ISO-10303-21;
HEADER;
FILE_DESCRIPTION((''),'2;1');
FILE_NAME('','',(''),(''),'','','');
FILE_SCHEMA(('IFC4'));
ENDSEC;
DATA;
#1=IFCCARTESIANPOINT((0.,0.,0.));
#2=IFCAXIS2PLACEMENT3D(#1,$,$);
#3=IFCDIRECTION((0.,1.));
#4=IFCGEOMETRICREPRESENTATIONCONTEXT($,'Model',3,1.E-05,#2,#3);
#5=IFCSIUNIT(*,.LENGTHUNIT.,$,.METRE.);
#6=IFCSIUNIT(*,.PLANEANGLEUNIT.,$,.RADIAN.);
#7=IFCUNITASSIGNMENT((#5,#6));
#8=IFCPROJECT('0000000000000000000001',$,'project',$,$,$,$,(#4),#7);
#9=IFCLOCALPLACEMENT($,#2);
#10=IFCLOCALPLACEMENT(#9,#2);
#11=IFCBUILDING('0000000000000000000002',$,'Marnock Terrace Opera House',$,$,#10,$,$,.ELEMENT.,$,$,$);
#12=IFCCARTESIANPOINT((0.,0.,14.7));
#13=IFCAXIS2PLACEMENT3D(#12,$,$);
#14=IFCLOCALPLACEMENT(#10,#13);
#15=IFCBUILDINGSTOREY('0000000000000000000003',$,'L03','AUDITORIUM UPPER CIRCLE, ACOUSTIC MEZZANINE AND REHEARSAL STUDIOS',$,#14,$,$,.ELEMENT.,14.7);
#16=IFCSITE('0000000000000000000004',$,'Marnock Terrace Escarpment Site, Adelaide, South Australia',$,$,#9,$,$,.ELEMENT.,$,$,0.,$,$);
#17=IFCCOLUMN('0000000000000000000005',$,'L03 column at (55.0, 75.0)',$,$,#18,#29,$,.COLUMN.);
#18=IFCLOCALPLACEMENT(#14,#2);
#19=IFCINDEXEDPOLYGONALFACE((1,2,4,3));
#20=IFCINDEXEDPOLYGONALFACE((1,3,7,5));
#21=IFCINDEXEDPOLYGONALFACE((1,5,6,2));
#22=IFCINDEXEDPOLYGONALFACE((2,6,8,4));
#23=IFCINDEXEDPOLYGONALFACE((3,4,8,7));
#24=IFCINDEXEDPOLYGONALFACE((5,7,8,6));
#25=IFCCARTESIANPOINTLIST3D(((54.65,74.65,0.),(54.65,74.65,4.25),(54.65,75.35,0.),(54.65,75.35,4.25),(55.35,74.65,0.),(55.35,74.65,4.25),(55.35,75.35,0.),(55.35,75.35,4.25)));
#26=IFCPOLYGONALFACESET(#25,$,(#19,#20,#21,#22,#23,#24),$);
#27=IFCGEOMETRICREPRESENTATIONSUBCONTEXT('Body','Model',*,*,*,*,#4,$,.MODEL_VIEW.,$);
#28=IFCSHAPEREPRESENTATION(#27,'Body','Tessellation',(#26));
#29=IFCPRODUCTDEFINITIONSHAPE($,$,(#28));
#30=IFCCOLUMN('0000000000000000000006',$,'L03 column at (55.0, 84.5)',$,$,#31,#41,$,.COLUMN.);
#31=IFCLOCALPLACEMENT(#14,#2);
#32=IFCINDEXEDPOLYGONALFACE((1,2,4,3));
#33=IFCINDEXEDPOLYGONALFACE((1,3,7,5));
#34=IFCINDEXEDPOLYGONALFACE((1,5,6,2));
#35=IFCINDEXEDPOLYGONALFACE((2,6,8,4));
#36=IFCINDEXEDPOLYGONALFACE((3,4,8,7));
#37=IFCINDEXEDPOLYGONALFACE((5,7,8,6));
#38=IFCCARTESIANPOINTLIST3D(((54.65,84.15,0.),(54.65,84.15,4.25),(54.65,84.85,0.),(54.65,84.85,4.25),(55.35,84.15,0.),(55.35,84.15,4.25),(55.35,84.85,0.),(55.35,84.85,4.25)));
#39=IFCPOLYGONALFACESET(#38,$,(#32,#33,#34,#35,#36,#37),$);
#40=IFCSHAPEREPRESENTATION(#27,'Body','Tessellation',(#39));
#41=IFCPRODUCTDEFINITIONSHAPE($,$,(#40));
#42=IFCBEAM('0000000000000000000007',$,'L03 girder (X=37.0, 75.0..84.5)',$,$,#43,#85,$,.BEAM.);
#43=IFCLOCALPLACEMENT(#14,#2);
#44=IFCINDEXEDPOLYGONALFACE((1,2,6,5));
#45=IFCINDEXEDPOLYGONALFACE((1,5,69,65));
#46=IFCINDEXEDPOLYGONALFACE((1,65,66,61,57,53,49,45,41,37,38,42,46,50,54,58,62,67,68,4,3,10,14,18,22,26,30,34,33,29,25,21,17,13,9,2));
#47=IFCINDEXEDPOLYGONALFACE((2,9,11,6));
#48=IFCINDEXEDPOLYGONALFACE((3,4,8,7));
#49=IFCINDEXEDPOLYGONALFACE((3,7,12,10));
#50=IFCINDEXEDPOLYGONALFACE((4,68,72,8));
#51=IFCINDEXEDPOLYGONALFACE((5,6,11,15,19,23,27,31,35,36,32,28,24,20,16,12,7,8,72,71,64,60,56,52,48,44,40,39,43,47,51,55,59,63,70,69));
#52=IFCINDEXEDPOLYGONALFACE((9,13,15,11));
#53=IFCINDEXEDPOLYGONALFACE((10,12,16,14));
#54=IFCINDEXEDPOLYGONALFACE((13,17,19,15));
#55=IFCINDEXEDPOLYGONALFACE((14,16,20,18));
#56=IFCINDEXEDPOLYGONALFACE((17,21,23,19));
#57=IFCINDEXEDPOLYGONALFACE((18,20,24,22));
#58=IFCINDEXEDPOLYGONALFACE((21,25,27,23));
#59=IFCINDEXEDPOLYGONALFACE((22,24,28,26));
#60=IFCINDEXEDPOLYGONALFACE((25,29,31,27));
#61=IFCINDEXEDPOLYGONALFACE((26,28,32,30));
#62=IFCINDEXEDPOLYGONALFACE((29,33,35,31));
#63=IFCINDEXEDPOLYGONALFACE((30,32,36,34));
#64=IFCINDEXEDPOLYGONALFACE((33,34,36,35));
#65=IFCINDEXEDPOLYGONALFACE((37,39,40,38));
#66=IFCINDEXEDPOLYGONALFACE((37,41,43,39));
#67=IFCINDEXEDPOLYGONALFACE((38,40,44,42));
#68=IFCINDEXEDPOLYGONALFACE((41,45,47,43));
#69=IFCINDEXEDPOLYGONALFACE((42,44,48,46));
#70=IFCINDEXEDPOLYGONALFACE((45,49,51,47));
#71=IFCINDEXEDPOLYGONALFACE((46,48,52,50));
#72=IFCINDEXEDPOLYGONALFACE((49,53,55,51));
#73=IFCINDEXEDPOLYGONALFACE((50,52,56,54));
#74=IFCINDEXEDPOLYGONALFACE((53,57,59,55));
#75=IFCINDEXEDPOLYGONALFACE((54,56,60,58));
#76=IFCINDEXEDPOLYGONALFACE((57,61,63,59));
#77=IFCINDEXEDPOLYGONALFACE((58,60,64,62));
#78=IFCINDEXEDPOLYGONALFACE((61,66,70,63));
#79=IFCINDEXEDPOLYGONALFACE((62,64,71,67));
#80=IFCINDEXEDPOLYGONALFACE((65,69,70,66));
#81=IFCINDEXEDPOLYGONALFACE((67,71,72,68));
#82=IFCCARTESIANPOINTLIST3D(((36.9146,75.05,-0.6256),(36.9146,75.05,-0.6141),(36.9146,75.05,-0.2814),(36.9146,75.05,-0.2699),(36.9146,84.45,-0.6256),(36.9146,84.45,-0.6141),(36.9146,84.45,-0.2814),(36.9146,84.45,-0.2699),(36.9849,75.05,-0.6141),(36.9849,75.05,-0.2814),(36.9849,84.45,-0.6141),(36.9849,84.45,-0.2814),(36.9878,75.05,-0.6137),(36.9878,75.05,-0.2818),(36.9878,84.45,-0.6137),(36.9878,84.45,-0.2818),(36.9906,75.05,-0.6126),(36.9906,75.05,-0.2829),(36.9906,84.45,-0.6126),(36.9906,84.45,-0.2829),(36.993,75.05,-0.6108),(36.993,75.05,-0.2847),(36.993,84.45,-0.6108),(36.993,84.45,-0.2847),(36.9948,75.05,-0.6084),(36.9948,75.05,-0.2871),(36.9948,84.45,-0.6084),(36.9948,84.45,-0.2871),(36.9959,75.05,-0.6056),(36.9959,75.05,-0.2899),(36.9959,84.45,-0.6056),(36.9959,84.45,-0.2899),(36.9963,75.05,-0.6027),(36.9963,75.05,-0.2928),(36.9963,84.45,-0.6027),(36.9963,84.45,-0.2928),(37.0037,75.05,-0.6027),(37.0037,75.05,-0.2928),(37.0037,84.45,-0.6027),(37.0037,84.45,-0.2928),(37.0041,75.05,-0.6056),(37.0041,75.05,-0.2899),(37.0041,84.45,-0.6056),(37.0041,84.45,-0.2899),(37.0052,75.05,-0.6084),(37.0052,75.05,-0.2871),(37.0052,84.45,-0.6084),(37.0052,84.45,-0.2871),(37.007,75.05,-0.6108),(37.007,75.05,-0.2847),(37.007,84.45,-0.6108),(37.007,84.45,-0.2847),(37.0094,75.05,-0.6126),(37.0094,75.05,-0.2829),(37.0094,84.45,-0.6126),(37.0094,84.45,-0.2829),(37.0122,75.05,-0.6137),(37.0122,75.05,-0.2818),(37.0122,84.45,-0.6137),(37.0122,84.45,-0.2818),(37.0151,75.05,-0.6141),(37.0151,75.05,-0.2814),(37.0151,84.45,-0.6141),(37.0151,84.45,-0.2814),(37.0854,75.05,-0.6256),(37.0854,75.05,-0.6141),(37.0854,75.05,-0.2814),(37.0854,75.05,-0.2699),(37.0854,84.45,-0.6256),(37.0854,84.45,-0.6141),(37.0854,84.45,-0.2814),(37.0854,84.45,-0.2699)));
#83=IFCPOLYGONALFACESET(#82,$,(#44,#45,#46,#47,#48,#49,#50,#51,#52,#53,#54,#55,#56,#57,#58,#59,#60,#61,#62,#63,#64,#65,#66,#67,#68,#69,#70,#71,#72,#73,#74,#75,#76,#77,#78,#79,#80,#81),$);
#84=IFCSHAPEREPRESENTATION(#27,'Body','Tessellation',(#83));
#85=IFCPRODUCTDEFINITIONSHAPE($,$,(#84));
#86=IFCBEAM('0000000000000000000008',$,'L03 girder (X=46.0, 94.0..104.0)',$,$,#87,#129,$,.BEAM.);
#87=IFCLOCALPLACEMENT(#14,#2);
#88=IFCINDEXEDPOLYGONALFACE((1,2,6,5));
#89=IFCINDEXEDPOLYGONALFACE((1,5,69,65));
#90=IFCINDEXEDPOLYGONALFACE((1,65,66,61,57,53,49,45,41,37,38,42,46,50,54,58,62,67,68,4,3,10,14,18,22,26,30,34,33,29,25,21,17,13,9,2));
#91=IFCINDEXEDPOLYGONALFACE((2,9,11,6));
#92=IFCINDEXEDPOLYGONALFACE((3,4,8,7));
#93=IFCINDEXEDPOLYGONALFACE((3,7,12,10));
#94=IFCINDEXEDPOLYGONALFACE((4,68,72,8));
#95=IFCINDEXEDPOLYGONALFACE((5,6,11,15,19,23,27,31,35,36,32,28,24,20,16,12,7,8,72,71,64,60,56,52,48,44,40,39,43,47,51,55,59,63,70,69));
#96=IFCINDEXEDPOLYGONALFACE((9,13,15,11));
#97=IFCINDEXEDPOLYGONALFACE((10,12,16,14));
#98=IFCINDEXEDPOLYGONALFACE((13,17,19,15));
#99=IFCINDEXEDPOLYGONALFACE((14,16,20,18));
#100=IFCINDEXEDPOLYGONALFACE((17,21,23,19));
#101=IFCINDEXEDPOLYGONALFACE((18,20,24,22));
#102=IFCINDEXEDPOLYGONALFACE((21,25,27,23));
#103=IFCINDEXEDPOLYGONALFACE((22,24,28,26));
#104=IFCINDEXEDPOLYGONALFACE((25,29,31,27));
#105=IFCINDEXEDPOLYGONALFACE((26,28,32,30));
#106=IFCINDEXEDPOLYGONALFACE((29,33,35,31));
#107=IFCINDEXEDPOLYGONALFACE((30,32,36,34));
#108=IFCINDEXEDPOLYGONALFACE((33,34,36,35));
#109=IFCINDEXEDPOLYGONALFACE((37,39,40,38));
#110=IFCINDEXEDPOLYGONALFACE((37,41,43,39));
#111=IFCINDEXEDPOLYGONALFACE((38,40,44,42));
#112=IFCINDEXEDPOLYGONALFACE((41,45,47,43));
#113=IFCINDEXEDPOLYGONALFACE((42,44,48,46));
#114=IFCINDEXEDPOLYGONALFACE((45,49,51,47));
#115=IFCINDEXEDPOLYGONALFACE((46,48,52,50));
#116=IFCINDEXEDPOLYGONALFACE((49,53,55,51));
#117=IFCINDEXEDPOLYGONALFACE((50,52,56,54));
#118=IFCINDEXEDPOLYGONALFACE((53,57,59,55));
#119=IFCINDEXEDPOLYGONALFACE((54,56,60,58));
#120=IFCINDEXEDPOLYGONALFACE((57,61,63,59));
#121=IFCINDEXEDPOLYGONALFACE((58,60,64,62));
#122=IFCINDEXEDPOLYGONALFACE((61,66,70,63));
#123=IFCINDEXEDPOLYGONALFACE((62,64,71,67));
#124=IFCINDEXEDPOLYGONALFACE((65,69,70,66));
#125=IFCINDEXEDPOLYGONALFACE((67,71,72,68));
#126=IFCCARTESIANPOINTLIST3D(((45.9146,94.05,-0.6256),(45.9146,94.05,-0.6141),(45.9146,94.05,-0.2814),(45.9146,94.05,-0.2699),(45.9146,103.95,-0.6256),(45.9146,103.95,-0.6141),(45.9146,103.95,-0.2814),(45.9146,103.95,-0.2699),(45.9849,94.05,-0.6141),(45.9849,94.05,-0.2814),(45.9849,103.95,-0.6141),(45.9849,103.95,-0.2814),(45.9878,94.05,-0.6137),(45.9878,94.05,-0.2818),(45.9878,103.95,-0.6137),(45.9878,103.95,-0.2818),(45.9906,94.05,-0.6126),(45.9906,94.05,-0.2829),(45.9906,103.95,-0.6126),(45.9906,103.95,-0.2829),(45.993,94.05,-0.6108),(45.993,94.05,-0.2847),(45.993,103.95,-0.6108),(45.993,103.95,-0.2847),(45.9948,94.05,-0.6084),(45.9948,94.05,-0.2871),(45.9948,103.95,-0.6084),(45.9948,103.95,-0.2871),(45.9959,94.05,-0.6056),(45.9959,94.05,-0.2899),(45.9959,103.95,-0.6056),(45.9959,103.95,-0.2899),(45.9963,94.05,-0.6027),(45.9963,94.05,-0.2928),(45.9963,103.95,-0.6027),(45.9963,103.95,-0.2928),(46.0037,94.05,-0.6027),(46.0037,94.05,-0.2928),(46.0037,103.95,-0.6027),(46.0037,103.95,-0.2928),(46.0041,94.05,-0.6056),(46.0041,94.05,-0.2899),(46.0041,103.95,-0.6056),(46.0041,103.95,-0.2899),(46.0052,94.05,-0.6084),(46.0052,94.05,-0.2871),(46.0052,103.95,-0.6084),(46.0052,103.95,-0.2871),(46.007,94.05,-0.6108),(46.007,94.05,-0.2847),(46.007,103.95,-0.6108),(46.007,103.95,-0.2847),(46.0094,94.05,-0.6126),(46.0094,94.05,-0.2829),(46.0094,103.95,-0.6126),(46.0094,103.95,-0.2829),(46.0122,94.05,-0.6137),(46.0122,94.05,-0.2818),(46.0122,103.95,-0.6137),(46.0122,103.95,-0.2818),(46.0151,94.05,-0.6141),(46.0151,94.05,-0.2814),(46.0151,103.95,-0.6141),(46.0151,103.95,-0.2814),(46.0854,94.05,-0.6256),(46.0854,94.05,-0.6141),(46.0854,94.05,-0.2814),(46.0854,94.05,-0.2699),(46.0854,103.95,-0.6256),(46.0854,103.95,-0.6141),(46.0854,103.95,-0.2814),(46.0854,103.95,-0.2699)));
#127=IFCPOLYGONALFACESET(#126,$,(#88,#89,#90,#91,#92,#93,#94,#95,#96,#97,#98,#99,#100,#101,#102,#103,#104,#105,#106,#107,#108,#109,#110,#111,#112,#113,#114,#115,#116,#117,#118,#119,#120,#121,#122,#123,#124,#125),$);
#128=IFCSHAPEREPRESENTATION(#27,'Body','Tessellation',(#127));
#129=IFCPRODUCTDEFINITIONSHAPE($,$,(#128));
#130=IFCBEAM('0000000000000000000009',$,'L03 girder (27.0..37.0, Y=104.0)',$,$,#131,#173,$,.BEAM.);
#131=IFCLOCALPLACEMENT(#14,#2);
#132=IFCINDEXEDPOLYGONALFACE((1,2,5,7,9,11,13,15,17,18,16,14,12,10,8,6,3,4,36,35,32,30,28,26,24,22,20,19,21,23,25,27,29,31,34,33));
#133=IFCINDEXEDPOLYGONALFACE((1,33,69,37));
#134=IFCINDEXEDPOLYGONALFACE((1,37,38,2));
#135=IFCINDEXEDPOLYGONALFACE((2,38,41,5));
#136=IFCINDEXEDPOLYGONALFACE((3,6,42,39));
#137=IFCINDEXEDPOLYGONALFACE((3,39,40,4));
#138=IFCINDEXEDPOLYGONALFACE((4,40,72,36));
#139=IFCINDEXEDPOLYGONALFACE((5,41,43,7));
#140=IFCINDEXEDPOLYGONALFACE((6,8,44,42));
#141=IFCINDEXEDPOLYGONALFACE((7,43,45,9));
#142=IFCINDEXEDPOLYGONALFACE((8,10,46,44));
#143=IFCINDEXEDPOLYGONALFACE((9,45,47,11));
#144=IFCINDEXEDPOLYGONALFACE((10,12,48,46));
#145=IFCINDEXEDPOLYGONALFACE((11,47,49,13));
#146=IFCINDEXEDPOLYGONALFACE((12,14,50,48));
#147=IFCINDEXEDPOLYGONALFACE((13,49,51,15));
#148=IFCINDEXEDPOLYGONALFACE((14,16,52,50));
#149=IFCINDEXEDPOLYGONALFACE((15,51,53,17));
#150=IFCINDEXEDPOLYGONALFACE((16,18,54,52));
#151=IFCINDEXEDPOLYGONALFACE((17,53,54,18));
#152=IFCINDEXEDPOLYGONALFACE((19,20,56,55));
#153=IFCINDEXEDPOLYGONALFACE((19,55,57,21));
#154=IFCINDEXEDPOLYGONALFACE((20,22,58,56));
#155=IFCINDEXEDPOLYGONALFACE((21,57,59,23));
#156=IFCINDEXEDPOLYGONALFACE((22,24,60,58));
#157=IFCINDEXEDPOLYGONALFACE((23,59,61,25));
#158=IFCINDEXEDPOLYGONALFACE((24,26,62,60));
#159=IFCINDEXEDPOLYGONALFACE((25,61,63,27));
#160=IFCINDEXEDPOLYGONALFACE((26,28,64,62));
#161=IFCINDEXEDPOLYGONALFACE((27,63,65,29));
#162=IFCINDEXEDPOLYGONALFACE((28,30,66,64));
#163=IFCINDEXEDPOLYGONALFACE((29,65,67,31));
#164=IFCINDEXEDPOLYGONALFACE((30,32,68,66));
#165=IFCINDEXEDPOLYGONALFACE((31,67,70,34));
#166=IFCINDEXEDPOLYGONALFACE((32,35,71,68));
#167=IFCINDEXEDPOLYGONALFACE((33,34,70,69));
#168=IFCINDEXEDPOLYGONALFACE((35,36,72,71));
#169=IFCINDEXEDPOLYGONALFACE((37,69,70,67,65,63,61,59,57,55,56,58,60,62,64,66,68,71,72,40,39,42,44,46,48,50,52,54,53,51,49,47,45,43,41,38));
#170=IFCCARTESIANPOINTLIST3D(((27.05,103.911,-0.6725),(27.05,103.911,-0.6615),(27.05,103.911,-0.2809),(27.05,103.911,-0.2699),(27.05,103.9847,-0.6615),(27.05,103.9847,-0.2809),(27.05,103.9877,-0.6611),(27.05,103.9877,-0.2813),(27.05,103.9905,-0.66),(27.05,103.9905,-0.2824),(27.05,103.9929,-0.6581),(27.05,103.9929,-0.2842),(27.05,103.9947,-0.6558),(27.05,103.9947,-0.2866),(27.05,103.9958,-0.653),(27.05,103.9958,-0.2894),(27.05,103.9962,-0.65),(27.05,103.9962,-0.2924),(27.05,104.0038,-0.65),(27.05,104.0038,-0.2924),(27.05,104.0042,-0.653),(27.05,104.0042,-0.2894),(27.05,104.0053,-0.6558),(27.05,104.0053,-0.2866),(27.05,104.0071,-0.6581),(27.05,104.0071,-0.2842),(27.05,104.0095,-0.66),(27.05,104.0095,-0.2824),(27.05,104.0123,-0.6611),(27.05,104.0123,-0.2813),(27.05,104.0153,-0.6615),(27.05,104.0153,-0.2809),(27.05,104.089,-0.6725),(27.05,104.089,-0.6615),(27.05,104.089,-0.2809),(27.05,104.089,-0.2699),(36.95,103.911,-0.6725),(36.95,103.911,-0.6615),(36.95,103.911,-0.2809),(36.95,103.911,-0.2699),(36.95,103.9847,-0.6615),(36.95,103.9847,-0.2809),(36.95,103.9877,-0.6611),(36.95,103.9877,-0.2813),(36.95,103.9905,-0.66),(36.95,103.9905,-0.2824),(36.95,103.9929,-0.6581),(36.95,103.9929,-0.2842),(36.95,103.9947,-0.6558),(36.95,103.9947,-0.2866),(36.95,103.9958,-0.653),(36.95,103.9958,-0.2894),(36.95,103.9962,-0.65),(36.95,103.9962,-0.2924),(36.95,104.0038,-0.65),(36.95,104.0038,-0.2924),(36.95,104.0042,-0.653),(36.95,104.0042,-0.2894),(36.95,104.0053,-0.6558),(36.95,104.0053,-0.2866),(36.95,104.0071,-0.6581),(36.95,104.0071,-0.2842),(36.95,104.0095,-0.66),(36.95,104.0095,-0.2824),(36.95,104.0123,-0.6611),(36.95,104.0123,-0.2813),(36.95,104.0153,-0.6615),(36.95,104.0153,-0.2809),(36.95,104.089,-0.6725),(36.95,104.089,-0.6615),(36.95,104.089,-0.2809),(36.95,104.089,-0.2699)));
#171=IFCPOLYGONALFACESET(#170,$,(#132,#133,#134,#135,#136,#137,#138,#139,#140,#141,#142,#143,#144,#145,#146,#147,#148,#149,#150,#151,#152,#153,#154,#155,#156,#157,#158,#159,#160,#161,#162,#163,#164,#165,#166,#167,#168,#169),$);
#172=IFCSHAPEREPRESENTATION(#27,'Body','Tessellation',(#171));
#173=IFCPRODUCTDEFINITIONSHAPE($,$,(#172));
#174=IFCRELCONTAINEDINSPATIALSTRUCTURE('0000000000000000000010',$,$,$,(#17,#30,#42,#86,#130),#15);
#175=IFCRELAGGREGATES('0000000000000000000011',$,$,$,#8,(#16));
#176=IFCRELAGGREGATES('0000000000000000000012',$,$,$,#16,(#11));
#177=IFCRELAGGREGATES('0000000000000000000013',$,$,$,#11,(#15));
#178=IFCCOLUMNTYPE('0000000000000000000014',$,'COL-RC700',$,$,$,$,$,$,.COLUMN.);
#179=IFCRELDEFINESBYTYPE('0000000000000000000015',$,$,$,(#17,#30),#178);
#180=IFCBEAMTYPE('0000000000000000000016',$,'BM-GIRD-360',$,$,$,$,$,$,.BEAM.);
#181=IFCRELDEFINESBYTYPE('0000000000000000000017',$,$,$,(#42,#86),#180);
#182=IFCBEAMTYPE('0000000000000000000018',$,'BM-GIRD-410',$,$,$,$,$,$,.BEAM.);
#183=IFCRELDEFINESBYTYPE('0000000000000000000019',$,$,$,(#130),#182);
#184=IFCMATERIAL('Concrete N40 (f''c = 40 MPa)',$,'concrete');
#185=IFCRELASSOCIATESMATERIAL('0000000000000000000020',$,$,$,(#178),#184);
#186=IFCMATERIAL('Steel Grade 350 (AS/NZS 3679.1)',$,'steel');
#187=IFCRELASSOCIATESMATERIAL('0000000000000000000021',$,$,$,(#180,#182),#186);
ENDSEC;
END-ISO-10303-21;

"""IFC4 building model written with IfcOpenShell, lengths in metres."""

from ifc_helpers import new_model, si_unit, direction, frame, origin, origin_2d, place, context, subcontext, project, spatial, rectangle, i_section, extrude, material, material_profile, profile_set, type_object, element, save


model = new_model("IFC4")

# Units and contexts
model_context = context("Model", 3, precision=1e-05, world=origin(), true_north=direction((0.0, 1.0)))
body_context = subcontext(model_context, "Body", "Model", "MODEL_VIEW")
ifc_project = project(units=[si_unit("LENGTHUNIT", "METRE"), si_unit("PLANEANGLEUNIT", "RADIAN")], contexts=[model_context])

# Site, building, storey
site_placement = place(None, origin())
site = spatial("IfcSite", under=ifc_project, at=site_placement, Name="Marnock Terrace Escarpment Site, Adelaide, South Australia", CompositionType="ELEMENT", RefElevation=0.0)
building_placement = place(site_placement, origin())
building = spatial("IfcBuilding", under=site, at=building_placement, Name="Marnock Terrace Opera House", CompositionType="ELEMENT")
storey_placement = place(building_placement, frame((0.0, 0.0, 14.7)))
storey = spatial("IfcBuildingStorey", under=building, at=storey_placement, Name="L03", Description="AUDITORIUM UPPER CIRCLE, ACOUSTIC MEZZANINE AND REHEARSAL STUDIOS", CompositionType="ELEMENT", Elevation=14.7)

# Columns
ifc_material_1 = material(Name="Concrete N40 (f'c = 40 MPa)", Category="concrete")
ifc_material_profile_1 = material_profile(ifc_material_1, rectangle(XDim=0.7, YDim=0.7, at=origin_2d()))
ifc_profile_set_1 = profile_set([ifc_material_profile_1], Name="Concrete N40 (f'c = 40 MPa)")
column_type = type_object("IfcColumnType", Name="COL-RC700", PredefinedType="COLUMN", material=ifc_profile_set_1)
for number, where, z_axis, x_axis, name in (
    (1, (55.0, 75.0, 0.0), (0.0, 0.0, 1.0), (1.0, 0.0, 0.0), "L03 column at (55.0, 75.0)"),
    (2, (55.0, 84.5, 0.0), (0.0, 0.0, 1.0), (1.0, 0.0, 0.0), "L03 column at (55.0, 84.5)"),
):
    element("IfcColumn", number, at=place(storey_placement, frame(where, z_axis=z_axis, x_axis=x_axis)), inside=storey, type_object=column_type, Name=name, PredefinedType="COLUMN", context=body_context, shape_type="SweptSolid", body=[
        extrude(rectangle(XDim=0.7, YDim=0.7, at=origin_2d()), origin(), (0.0, 0.0, 1.0), 4.25),
    ])

# Beams
ifc_material_2 = material(Name="Steel Grade 350 (AS/NZS 3679.1)", Category="steel")
ifc_material_profile_2 = material_profile(ifc_material_2, i_section(OverallWidth=0.1709, OverallDepth=0.3557, WebThickness=0.0073, FlangeThickness=0.0115, FilletRadius=0.0115, at=origin_2d()))
ifc_profile_set_2 = profile_set([ifc_material_profile_2], Name="Steel Grade 350 (AS/NZS 3679.1)")
beam_type_1 = type_object("IfcBeamType", Name="BM-GIRD-360", PredefinedType="BEAM", material=ifc_profile_set_2)
beam_1_placement = place(storey_placement, frame((37.0, 75.05, -0.4478), z_axis=(0.0, 1.0, 0.0), x_axis=(-1.0, 0.0, 0.0)))
element("IfcBeam", 3, at=beam_1_placement, inside=storey, type_object=beam_type_1, Name="L03 girder (X=37.0, 75.0..84.5)", PredefinedType="BEAM", context=body_context, shape_type="SweptSolid", body=[
    extrude(i_section(OverallWidth=0.1709, OverallDepth=0.3557, WebThickness=0.0073, FlangeThickness=0.0115, FilletRadius=0.0115, at=origin_2d()), origin(), (0.0, 0.0, 1.0), 9.3999),
])
beam_2_placement = place(storey_placement, frame((46.0, 94.05, -0.4478), z_axis=(0.0, 1.0, 0.0), x_axis=(-1.0, 0.0, 0.0)))
element("IfcBeam", 4, at=beam_2_placement, inside=storey, type_object=beam_type_1, Name="L03 girder (X=46.0, 94.0..104.0)", PredefinedType="BEAM", context=body_context, shape_type="SweptSolid", body=[
    extrude(i_section(OverallWidth=0.1709, OverallDepth=0.3557, WebThickness=0.0073, FlangeThickness=0.0115, FilletRadius=0.0115, at=origin_2d()), origin(), (0.0, 0.0, 1.0), 9.8999),
])
ifc_material_profile_3 = material_profile(ifc_material_2, i_section(OverallWidth=0.178, OverallDepth=0.4026, WebThickness=0.0076, FlangeThickness=0.011, FilletRadius=0.0115, at=origin_2d()))
ifc_profile_set_3 = profile_set([ifc_material_profile_3], Name="Steel Grade 350 (AS/NZS 3679.1)")
beam_type_2 = type_object("IfcBeamType", Name="BM-GIRD-410", PredefinedType="BEAM", material=ifc_profile_set_3)
beam_3_placement = place(storey_placement, frame((27.05, 104.0, -0.4712), z_axis=(1.0, 0.0, 0.0), x_axis=(0.0, 1.0, 0.0)))
element("IfcBeam", 5, at=beam_3_placement, inside=storey, type_object=beam_type_2, Name="L03 girder (27.0..37.0, Y=104.0)", PredefinedType="BEAM", context=body_context, shape_type="SweptSolid", body=[
    extrude(i_section(OverallWidth=0.178, OverallDepth=0.4026, WebThickness=0.0076, FlangeThickness=0.011, FilletRadius=0.0115, at=origin_2d()), origin(), (0.0, 0.0, 1.0), 9.8999),
])

save(model, "model.ifc")
